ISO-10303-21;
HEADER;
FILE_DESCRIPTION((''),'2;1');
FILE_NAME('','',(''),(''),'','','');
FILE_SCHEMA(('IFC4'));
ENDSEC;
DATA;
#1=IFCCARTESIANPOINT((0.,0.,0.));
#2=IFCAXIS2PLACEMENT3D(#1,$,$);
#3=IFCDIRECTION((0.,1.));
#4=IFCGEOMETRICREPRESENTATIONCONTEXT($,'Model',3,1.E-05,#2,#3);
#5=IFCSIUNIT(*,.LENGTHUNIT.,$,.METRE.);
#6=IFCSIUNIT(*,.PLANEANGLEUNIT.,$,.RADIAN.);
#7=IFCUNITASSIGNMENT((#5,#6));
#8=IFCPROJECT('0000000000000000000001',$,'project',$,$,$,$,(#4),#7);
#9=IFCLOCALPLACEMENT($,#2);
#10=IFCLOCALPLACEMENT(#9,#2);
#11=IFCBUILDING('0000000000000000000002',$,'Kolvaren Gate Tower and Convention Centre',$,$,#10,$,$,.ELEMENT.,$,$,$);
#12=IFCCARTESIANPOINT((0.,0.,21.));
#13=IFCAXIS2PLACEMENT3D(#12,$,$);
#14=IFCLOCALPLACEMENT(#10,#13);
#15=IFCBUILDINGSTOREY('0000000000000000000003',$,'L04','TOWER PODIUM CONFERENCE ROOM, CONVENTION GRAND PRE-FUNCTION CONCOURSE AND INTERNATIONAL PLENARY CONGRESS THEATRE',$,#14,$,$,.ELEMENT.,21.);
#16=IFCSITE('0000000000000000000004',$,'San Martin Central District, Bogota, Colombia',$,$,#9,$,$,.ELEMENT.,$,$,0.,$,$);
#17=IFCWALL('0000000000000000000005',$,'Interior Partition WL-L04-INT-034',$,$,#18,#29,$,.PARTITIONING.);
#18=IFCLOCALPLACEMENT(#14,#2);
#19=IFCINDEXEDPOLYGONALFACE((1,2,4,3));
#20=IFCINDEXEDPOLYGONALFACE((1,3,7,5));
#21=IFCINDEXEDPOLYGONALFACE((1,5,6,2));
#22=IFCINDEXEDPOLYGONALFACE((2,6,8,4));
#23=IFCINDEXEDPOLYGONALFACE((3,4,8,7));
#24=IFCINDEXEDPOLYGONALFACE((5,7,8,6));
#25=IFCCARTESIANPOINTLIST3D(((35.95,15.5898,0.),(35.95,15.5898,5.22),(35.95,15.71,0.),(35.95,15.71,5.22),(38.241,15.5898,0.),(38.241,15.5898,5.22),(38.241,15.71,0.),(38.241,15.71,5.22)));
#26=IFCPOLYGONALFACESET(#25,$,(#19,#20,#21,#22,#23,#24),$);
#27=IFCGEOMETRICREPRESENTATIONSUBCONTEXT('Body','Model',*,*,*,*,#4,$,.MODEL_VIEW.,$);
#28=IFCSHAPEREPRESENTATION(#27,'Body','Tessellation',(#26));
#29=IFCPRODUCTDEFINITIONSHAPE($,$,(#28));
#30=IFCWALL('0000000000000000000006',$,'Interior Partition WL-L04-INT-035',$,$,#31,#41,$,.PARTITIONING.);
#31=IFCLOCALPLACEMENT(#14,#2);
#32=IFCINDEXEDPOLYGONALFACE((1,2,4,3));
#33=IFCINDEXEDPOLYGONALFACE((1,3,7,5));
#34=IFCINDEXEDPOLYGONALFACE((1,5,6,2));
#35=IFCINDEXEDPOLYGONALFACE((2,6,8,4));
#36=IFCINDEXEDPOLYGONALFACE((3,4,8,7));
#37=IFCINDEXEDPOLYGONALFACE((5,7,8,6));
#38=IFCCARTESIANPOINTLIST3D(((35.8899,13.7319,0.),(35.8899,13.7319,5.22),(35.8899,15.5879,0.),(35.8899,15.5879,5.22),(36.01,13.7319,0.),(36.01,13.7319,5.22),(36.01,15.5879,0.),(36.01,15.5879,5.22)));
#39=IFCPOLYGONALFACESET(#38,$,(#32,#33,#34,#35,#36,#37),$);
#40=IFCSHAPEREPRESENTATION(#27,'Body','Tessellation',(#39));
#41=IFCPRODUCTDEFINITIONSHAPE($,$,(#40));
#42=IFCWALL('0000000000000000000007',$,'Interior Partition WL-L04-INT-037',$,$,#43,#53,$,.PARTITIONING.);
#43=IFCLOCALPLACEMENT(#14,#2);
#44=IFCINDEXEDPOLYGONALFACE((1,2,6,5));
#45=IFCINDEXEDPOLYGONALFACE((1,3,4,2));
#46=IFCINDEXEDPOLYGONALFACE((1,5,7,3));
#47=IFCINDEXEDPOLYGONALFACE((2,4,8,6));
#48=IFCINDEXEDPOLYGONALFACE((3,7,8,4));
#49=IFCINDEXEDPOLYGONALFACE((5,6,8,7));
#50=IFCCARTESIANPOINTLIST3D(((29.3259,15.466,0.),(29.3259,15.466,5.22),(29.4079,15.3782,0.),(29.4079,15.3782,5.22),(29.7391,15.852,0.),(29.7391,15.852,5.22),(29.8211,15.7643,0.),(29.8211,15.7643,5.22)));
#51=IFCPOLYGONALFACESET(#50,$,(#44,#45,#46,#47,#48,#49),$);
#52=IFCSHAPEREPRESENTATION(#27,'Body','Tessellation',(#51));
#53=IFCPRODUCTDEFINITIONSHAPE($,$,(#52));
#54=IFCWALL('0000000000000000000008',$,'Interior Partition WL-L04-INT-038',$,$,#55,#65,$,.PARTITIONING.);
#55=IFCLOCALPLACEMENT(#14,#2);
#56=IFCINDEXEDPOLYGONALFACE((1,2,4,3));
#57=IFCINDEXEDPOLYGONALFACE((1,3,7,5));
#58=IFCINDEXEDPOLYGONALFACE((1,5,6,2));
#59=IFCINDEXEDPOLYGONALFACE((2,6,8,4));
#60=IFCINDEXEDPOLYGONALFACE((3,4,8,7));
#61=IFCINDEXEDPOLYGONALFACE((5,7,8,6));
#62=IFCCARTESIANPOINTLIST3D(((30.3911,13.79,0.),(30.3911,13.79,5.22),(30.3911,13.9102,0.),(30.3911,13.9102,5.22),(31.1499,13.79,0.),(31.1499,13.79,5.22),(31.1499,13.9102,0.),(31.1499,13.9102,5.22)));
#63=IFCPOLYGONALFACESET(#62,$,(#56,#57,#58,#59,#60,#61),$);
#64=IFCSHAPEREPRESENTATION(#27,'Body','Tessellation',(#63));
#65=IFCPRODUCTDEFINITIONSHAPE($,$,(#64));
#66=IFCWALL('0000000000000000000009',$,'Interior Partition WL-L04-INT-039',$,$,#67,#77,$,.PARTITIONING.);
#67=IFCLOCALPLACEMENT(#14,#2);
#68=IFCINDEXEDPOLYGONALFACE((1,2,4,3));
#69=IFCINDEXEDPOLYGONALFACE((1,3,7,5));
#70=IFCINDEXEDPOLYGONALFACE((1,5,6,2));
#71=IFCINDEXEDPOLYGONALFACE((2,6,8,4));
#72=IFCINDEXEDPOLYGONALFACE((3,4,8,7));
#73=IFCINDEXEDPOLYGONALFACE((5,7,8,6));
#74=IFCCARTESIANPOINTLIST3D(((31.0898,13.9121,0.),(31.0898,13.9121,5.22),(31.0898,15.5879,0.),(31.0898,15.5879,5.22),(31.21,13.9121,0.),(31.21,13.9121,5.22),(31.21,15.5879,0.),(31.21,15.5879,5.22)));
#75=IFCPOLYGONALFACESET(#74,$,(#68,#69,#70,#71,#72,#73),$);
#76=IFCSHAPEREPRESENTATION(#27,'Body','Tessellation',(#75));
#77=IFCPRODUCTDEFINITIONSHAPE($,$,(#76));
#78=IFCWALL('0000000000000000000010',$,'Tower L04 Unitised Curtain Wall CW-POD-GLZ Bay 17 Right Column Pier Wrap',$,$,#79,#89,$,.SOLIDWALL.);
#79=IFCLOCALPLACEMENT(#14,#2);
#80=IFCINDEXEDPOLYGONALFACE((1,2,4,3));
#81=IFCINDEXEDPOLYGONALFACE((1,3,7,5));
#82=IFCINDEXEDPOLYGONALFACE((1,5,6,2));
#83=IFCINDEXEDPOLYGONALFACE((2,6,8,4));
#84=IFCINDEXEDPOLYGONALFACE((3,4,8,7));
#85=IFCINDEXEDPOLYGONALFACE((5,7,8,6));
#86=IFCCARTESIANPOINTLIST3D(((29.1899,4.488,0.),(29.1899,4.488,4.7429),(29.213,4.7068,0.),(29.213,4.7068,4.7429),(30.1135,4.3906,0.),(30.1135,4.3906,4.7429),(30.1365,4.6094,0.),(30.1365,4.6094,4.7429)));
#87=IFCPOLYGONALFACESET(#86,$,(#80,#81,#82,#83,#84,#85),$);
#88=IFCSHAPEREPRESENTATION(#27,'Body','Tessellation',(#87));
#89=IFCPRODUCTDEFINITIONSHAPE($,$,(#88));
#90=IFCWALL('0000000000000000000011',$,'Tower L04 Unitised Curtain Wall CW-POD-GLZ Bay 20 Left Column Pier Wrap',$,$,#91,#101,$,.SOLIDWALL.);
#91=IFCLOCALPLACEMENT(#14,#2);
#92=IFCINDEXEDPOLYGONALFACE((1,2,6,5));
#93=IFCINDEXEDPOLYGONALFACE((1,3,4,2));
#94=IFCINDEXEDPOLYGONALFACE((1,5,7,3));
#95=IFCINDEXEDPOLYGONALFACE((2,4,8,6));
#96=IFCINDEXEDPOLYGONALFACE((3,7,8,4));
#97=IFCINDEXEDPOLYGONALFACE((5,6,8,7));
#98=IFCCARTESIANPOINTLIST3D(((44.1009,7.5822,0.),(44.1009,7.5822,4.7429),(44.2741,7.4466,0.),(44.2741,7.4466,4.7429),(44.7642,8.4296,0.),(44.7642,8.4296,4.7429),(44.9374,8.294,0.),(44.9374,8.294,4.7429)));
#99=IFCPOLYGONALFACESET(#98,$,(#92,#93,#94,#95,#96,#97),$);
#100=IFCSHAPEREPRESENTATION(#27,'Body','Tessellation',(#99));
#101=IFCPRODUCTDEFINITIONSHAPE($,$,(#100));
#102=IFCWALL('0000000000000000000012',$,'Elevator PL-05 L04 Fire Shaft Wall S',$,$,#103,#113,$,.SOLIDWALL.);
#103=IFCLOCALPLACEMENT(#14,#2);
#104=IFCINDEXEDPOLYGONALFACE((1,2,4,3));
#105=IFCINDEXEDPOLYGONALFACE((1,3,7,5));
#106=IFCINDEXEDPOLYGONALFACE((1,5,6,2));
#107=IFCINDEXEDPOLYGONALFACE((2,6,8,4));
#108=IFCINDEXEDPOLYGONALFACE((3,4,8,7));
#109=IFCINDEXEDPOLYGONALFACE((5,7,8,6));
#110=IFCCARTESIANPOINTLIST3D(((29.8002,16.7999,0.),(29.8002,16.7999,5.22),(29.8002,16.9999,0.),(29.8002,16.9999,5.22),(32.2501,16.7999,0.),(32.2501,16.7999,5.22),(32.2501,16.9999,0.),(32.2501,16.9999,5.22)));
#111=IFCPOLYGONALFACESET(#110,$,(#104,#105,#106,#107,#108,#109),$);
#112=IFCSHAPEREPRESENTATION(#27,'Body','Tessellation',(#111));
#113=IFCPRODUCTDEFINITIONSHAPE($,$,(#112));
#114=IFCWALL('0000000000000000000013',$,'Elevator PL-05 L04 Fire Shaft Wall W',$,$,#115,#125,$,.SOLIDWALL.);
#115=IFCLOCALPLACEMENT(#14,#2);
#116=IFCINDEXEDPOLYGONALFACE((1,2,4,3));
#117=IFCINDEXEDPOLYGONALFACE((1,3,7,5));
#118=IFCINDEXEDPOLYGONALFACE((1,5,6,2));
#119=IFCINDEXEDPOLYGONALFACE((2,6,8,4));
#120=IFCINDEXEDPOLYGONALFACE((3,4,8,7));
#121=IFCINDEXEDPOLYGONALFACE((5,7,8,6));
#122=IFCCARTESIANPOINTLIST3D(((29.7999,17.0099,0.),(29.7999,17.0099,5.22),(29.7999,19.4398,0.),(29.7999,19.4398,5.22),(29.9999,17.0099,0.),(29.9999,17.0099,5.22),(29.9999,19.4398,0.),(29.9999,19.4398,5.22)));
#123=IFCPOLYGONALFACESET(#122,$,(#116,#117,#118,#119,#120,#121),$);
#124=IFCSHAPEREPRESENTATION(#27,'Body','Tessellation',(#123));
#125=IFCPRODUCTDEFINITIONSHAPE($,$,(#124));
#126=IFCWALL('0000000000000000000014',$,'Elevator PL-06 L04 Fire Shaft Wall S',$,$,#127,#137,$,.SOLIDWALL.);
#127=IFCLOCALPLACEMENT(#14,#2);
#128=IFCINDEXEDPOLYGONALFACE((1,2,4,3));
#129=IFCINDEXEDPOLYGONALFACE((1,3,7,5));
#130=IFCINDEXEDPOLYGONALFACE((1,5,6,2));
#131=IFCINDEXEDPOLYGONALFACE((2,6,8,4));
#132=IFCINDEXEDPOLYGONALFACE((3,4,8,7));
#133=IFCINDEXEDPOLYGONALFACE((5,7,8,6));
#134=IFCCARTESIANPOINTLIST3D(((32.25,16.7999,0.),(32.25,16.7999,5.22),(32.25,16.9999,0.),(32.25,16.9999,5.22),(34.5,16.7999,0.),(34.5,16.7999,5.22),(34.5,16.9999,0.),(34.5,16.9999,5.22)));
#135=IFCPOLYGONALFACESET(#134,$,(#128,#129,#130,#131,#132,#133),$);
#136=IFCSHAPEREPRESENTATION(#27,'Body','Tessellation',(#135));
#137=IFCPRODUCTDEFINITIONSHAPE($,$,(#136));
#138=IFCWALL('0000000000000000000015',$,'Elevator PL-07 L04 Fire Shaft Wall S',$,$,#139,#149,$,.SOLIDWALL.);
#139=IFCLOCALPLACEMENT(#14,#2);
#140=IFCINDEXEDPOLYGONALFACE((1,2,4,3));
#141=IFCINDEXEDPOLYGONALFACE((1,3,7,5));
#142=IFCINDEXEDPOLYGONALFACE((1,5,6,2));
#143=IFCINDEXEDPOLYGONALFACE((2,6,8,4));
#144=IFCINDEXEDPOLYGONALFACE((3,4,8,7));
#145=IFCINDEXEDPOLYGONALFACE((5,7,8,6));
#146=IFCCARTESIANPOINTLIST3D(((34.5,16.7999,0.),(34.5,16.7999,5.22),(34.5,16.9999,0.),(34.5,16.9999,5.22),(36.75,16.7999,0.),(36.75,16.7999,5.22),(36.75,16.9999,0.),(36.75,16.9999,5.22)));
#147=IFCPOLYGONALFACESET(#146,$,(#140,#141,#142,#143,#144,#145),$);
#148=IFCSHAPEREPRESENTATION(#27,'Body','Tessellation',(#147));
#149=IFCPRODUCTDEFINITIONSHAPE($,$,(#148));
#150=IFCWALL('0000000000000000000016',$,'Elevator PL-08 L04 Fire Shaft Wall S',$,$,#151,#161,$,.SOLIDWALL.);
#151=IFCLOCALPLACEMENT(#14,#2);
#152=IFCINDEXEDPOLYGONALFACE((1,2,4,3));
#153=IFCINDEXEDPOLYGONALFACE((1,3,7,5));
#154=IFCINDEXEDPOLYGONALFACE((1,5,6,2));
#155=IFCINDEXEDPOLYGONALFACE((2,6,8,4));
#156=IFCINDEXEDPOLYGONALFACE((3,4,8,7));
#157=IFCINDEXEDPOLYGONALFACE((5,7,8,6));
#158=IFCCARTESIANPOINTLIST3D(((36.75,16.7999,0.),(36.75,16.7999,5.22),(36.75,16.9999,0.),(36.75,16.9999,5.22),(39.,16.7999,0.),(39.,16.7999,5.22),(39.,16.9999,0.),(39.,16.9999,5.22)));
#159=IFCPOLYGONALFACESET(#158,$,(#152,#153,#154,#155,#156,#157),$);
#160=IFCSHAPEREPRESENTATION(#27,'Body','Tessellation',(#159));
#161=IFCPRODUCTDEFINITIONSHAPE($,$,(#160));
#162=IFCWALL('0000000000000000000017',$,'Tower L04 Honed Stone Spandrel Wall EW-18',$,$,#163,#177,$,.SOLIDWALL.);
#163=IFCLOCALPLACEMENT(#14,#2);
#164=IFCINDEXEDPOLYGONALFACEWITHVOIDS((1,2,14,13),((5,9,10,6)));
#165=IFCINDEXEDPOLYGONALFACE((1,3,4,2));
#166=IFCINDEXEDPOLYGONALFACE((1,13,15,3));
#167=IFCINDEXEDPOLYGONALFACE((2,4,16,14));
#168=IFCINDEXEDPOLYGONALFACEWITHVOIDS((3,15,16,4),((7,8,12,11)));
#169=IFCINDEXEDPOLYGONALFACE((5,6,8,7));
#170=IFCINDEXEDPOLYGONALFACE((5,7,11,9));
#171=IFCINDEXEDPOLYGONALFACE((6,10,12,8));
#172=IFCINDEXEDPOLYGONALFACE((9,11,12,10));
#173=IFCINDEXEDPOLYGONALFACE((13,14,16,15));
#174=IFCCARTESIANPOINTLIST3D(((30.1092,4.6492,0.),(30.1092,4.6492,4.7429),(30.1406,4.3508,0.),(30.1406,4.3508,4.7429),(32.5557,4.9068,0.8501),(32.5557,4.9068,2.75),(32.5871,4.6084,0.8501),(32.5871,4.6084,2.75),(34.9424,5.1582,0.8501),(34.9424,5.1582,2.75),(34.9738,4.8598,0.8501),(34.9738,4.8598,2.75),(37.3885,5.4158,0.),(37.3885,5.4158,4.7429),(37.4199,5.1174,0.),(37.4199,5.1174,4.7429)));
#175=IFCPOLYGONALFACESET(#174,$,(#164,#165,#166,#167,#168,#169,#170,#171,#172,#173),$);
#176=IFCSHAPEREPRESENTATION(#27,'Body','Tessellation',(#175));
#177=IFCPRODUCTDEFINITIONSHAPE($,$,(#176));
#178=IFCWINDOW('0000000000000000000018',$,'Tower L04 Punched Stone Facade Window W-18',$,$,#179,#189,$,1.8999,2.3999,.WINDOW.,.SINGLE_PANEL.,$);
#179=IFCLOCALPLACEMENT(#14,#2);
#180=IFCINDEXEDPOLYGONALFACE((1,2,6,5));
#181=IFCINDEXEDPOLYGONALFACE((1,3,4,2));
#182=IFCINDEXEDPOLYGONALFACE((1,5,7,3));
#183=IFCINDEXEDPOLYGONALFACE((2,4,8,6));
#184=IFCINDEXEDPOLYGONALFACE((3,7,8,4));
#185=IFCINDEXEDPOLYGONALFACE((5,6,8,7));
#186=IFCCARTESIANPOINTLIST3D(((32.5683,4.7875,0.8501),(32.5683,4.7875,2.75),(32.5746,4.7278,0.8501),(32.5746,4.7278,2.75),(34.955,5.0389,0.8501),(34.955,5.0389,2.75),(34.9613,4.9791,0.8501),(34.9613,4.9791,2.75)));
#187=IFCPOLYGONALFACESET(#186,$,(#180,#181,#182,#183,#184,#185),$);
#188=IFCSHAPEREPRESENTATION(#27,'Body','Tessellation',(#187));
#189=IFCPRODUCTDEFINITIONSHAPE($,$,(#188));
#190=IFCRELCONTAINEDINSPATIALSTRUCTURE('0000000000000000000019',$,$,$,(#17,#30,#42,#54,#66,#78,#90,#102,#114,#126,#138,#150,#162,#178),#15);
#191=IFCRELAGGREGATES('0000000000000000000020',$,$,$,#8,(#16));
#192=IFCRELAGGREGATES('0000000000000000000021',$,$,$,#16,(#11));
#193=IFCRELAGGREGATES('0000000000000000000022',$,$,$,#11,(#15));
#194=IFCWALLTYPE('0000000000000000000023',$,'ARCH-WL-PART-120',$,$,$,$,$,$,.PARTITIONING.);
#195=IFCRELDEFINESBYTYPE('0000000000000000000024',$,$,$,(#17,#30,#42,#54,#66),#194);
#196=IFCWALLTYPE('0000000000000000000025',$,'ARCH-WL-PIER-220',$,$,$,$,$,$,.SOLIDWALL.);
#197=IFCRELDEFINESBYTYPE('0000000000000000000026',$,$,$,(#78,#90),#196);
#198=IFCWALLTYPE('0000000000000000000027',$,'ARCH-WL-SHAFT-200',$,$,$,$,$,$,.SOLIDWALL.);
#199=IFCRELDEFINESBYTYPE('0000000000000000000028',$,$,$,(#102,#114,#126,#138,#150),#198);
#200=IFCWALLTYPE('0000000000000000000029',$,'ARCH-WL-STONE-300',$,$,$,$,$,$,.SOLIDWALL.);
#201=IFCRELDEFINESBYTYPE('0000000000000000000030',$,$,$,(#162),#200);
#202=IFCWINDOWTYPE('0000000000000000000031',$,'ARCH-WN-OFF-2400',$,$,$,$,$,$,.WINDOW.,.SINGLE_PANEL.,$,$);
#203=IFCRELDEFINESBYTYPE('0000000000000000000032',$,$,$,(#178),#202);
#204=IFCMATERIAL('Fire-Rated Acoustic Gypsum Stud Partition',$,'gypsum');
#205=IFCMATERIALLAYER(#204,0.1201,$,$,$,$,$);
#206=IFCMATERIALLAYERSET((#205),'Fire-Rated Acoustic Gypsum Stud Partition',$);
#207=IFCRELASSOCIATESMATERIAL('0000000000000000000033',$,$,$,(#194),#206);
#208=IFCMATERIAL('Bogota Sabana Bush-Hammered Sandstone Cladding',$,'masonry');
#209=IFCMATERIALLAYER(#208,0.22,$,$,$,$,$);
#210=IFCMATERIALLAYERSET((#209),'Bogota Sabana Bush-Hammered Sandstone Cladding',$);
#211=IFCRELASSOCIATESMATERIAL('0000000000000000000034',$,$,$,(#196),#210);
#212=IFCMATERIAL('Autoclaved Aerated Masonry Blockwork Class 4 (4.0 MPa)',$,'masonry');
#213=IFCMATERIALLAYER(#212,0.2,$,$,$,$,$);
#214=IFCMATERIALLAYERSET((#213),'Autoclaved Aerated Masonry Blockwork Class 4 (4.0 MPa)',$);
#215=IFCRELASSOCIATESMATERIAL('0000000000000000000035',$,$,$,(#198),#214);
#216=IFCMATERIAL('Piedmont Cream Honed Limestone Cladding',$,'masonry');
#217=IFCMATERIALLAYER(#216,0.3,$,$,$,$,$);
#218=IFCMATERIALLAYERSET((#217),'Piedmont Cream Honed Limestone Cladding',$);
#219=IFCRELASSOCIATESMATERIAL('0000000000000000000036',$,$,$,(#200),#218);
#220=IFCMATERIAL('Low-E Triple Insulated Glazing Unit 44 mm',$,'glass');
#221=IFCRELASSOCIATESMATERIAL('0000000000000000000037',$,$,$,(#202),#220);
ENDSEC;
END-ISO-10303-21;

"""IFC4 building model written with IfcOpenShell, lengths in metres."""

from ifc_helpers import new_model, si_unit, direction, frame, frame_2d, origin, place, context, subcontext, project, spatial, rectangle, extrude, material, layer, layer_set, type_object, element, fill, save


model = new_model("IFC4")

# Units and contexts
model_context = context("Model", 3, precision=1e-05, world=origin(), true_north=direction((0.0, 1.0)))
body_context = subcontext(model_context, "Body", "Model", "MODEL_VIEW")
ifc_project = project(units=[si_unit("LENGTHUNIT", "METRE"), si_unit("PLANEANGLEUNIT", "RADIAN")], contexts=[model_context])

# Site, building, storey
site_placement = place(None, origin())
site = spatial("IfcSite", under=ifc_project, at=site_placement, Name="San Martin Central District, Bogota, Colombia", CompositionType="ELEMENT", RefElevation=0.0)
building_placement = place(site_placement, origin())
building = spatial("IfcBuilding", under=site, at=building_placement, Name="Kolvaren Gate Tower and Convention Centre", CompositionType="ELEMENT")
storey_placement = place(building_placement, frame((0.0, 0.0, 21.0)))
storey = spatial("IfcBuildingStorey", under=building, at=storey_placement, Name="L04", Description="TOWER PODIUM CONFERENCE ROOM, CONVENTION GRAND PRE-FUNCTION CONCOURSE AND INTERNATIONAL PLENARY CONGRESS THEATRE", CompositionType="ELEMENT", Elevation=21.0)

# Shared definitions
ifc_material_1 = material(Name="Low-E Triple Insulated Glazing Unit 44 mm", Category="glass")

# Shared definitions
ifc_material_2 = material(Name="Fire-Rated Acoustic Gypsum Stud Partition", Category="gypsum")
ifc_layer_1 = layer(ifc_material_2, 0.1201)
ifc_layer_set_1 = layer_set([ifc_layer_1], Name="Fire-Rated Acoustic Gypsum Stud Partition")
wall_type_1 = type_object("IfcWallType", Name="ARCH-WL-PART-120", PredefinedType="PARTITIONING", material=ifc_layer_set_1)

# Walls
wall_1_placement = place(storey_placement, frame((35.95, 15.6499, 0.0), z_axis=(0.0, 0.0, 1.0), x_axis=(1.0, 0.0, 0.0)))
element("IfcWall", 1, at=wall_1_placement, inside=storey, type_object=wall_type_1, Name="Interior Partition WL-L04-INT-034", PredefinedType="PARTITIONING", context=body_context, shape_type="SweptSolid", body=[
    extrude(rectangle(XDim=2.291, YDim=0.1201, at=frame_2d((1.1455, 0.0))), origin(), (0.0, 0.0, 1.0), 5.22),
])
wall_2_placement = place(storey_placement, frame((35.95, 13.7319, 0.0), z_axis=(0.0, 0.0, 1.0), x_axis=(0.0, 1.0, 0.0)))
element("IfcWall", 2, at=wall_2_placement, inside=storey, type_object=wall_type_1, Name="Interior Partition WL-L04-INT-035", PredefinedType="PARTITIONING", context=body_context, shape_type="SweptSolid", body=[
    extrude(rectangle(XDim=1.856, YDim=0.1201, at=frame_2d((0.928, 0.0))), origin(), (0.0, 0.0, 1.0), 5.22),
])
wall_3_placement = place(storey_placement, frame((29.3669, 15.4221, 0.0), z_axis=(0.0, 0.0, 1.0), x_axis=(0.730667, 0.682734, 0.0)))
element("IfcWall", 3, at=wall_3_placement, inside=storey, type_object=wall_type_1, Name="Interior Partition WL-L04-INT-037", PredefinedType="PARTITIONING", context=body_context, shape_type="SweptSolid", body=[
    extrude(rectangle(XDim=0.5654, YDim=0.1201, at=frame_2d((0.2827, 0.0))), origin(), (0.0, 0.0, 1.0), 5.22),
])
wall_4_placement = place(storey_placement, frame((30.3911, 13.8501, 0.0), z_axis=(0.0, 0.0, 1.0), x_axis=(1.0, 0.0, 0.0)))
element("IfcWall", 4, at=wall_4_placement, inside=storey, type_object=wall_type_1, Name="Interior Partition WL-L04-INT-038", PredefinedType="PARTITIONING", context=body_context, shape_type="SweptSolid", body=[
    extrude(rectangle(XDim=0.7588, YDim=0.1201, at=frame_2d((0.3794, 0.0))), origin(), (0.0, 0.0, 1.0), 5.22),
])
wall_5_placement = place(storey_placement, frame((31.1499, 13.9121, 0.0), z_axis=(0.0, 0.0, 1.0), x_axis=(0.0, 1.0, 0.0)))
element("IfcWall", 5, at=wall_5_placement, inside=storey, type_object=wall_type_1, Name="Interior Partition WL-L04-INT-039", PredefinedType="PARTITIONING", context=body_context, shape_type="SweptSolid", body=[
    extrude(rectangle(XDim=1.6758, YDim=0.1201, at=frame_2d((0.8379, 0.0))), origin(), (0.0, 0.0, 1.0), 5.22),
])
ifc_material_3 = material(Name="Bogota Sabana Bush-Hammered Sandstone Cladding", Category="masonry")
ifc_layer_2 = layer(ifc_material_3, 0.22)
ifc_layer_set_2 = layer_set([ifc_layer_2], Name="Bogota Sabana Bush-Hammered Sandstone Cladding")
wall_type_2 = type_object("IfcWallType", Name="ARCH-WL-PIER-220", PredefinedType="SOLIDWALL", material=ifc_layer_set_2)
wall_6_placement = place(storey_placement, frame((29.2014, 4.5974, 0.0), z_axis=(0.0, 0.0, 1.0), x_axis=(0.994484, -0.10489, 0.0)))
element("IfcWall", 6, at=wall_6_placement, inside=storey, type_object=wall_type_2, Name="Tower L04 Unitised Curtain Wall CW-POD-GLZ Bay 17 Right Column Pier Wrap", PredefinedType="SOLIDWALL", context=body_context, shape_type="SweptSolid", body=[
    extrude(rectangle(XDim=0.9287, YDim=0.22, at=frame_2d((0.4644, 0.0))), origin(), (0.0, 0.0, 1.0), 4.7429),
])
wall_7_placement = place(storey_placement, frame((44.1875, 7.5144, 0.0), z_axis=(0.0, 0.0, 1.0), x_axis=(0.616388, 0.787443, 0.0)))
element("IfcWall", 7, at=wall_7_placement, inside=storey, type_object=wall_type_2, Name="Tower L04 Unitised Curtain Wall CW-POD-GLZ Bay 20 Left Column Pier Wrap", PredefinedType="SOLIDWALL", context=body_context, shape_type="SweptSolid", body=[
    extrude(rectangle(XDim=1.0762, YDim=0.22, at=frame_2d((0.5381, 0.0))), origin(), (0.0, 0.0, 1.0), 4.7429),
])
ifc_material_4 = material(Name="Autoclaved Aerated Masonry Blockwork Class 4 (4.0 MPa)", Category="masonry")
ifc_layer_3 = layer(ifc_material_4, 0.2)
ifc_layer_set_3 = layer_set([ifc_layer_3], Name="Autoclaved Aerated Masonry Blockwork Class 4 (4.0 MPa)")
wall_type_3 = type_object("IfcWallType", Name="ARCH-WL-SHAFT-200", PredefinedType="SOLIDWALL", material=ifc_layer_set_3)
wall_8_placement = place(storey_placement, frame((29.8, 16.8999, 0.0), z_axis=(0.0, 0.0, 1.0), x_axis=(1.0, 0.0, 0.0)))
element("IfcWall", 8, at=wall_8_placement, inside=storey, type_object=wall_type_3, Name="Elevator PL-05 L04 Fire Shaft Wall S", PredefinedType="SOLIDWALL", context=body_context, shape_type="SweptSolid", body=[
    extrude(rectangle(XDim=2.45, YDim=0.2, at=frame_2d((1.2251, 0.0))), origin(), (0.0, 0.0, 1.0), 5.22),
])
wall_9_placement = place(storey_placement, frame((29.8999, 17.01, 0.0), z_axis=(0.0, 0.0, 1.0), x_axis=(0.0, 1.0, 0.0)))
element("IfcWall", 9, at=wall_9_placement, inside=storey, type_object=wall_type_3, Name="Elevator PL-05 L04 Fire Shaft Wall W", PredefinedType="SOLIDWALL", context=body_context, shape_type="SweptSolid", body=[
    extrude(rectangle(XDim=2.4299, YDim=0.2, at=frame_2d((1.2148, 0.0))), origin(), (0.0, 0.0, 1.0), 5.22),
])
for number, where, z_axis, x_axis, name in (
    (10, (32.25, 16.8999, 0.0), (0.0, 0.0, 1.0), (1.0, 0.0, 0.0), "Elevator PL-06 L04 Fire Shaft Wall S"),
    (11, (34.5, 16.8999, 0.0), (0.0, 0.0, 1.0), (1.0, 0.0, 0.0), "Elevator PL-07 L04 Fire Shaft Wall S"),
    (12, (36.75, 16.8999, 0.0), (0.0, 0.0, 1.0), (1.0, 0.0, 0.0), "Elevator PL-08 L04 Fire Shaft Wall S"),
):
    element("IfcWall", number, at=place(storey_placement, frame(where, z_axis=z_axis, x_axis=x_axis)), inside=storey, type_object=wall_type_3, Name=name, PredefinedType="SOLIDWALL", context=body_context, shape_type="SweptSolid", body=[
        extrude(rectangle(XDim=2.25, YDim=0.2, at=frame_2d((1.125, 0.0))), origin(), (0.0, 0.0, 1.0), 5.22),
    ])

# Wall, opening, window
ifc_material_5 = material(Name="Piedmont Cream Honed Limestone Cladding", Category="masonry")
ifc_layer_4 = layer(ifc_material_5, 0.3)
ifc_layer_set_4 = layer_set([ifc_layer_4], Name="Piedmont Cream Honed Limestone Cladding")
wall_type_4 = type_object("IfcWallType", Name="ARCH-WL-STONE-300", PredefinedType="SOLIDWALL", material=ifc_layer_set_4)
wall_10_placement = place(storey_placement, frame((30.125, 4.5, 0.0), z_axis=(0.0, 0.0, 1.0), x_axis=(0.9945, 0.104733, 0.0)))
wall_10 = element("IfcWall", 13, at=wall_10_placement, inside=storey, type_object=wall_type_4, Name="Tower L04 Honed Stone Spandrel Wall EW-18", PredefinedType="SOLIDWALL", context=body_context, shape_type="SweptSolid", body=[
    extrude(rectangle(XDim=7.3196, YDim=0.3, at=frame_2d((3.6597, 0.0))), origin(), (0.0, 0.0, 1.0), 4.7429),
])
opening_1_placement = place(wall_10_placement, frame((2.46, 0.0, 0.8501)))
opening_1 = element("IfcOpeningElement", 14, at=opening_1_placement, cuts=wall_10, PredefinedType="OPENING", context=body_context, shape_type="SweptSolid", body=[
    extrude(rectangle(XDim=2.3999, YDim=1.8999, at=frame_2d((1.2, 0.95))), frame((0.0, 0.1599, 0.0), z_axis=(0.0, -1.0, 0.0), x_axis=(1.0, 0.0, 0.0)), (0.0, 0.0, 1.0), 0.3201),
])
window_type = type_object("IfcWindowType", Name="ARCH-WN-OFF-2400", PartitioningType="SINGLE_PANEL", PredefinedType="WINDOW", material=ifc_material_1)
window_1_placement = place(opening_1_placement, origin())
window_1 = element("IfcWindow", 15, at=window_1_placement, inside=storey, type_object=window_type, Name="Tower L04 Punched Stone Facade Window W-18", OverallHeight=1.8999, OverallWidth=2.3999, PartitioningType="SINGLE_PANEL", PredefinedType="WINDOW", context=body_context, shape_type="SweptSolid", body=[
    extrude(rectangle(XDim=2.3999, YDim=1.8999, at=frame_2d((1.2, 0.95))), frame((0.0, 0.03, 0.0), z_axis=(0.0, -1.0, 0.0), x_axis=(1.0, 0.0, 0.0)), (0.0, 0.0, 1.0), 0.0601),
])
fill(opening_1, window_1)

save(model, "model.ifc")
